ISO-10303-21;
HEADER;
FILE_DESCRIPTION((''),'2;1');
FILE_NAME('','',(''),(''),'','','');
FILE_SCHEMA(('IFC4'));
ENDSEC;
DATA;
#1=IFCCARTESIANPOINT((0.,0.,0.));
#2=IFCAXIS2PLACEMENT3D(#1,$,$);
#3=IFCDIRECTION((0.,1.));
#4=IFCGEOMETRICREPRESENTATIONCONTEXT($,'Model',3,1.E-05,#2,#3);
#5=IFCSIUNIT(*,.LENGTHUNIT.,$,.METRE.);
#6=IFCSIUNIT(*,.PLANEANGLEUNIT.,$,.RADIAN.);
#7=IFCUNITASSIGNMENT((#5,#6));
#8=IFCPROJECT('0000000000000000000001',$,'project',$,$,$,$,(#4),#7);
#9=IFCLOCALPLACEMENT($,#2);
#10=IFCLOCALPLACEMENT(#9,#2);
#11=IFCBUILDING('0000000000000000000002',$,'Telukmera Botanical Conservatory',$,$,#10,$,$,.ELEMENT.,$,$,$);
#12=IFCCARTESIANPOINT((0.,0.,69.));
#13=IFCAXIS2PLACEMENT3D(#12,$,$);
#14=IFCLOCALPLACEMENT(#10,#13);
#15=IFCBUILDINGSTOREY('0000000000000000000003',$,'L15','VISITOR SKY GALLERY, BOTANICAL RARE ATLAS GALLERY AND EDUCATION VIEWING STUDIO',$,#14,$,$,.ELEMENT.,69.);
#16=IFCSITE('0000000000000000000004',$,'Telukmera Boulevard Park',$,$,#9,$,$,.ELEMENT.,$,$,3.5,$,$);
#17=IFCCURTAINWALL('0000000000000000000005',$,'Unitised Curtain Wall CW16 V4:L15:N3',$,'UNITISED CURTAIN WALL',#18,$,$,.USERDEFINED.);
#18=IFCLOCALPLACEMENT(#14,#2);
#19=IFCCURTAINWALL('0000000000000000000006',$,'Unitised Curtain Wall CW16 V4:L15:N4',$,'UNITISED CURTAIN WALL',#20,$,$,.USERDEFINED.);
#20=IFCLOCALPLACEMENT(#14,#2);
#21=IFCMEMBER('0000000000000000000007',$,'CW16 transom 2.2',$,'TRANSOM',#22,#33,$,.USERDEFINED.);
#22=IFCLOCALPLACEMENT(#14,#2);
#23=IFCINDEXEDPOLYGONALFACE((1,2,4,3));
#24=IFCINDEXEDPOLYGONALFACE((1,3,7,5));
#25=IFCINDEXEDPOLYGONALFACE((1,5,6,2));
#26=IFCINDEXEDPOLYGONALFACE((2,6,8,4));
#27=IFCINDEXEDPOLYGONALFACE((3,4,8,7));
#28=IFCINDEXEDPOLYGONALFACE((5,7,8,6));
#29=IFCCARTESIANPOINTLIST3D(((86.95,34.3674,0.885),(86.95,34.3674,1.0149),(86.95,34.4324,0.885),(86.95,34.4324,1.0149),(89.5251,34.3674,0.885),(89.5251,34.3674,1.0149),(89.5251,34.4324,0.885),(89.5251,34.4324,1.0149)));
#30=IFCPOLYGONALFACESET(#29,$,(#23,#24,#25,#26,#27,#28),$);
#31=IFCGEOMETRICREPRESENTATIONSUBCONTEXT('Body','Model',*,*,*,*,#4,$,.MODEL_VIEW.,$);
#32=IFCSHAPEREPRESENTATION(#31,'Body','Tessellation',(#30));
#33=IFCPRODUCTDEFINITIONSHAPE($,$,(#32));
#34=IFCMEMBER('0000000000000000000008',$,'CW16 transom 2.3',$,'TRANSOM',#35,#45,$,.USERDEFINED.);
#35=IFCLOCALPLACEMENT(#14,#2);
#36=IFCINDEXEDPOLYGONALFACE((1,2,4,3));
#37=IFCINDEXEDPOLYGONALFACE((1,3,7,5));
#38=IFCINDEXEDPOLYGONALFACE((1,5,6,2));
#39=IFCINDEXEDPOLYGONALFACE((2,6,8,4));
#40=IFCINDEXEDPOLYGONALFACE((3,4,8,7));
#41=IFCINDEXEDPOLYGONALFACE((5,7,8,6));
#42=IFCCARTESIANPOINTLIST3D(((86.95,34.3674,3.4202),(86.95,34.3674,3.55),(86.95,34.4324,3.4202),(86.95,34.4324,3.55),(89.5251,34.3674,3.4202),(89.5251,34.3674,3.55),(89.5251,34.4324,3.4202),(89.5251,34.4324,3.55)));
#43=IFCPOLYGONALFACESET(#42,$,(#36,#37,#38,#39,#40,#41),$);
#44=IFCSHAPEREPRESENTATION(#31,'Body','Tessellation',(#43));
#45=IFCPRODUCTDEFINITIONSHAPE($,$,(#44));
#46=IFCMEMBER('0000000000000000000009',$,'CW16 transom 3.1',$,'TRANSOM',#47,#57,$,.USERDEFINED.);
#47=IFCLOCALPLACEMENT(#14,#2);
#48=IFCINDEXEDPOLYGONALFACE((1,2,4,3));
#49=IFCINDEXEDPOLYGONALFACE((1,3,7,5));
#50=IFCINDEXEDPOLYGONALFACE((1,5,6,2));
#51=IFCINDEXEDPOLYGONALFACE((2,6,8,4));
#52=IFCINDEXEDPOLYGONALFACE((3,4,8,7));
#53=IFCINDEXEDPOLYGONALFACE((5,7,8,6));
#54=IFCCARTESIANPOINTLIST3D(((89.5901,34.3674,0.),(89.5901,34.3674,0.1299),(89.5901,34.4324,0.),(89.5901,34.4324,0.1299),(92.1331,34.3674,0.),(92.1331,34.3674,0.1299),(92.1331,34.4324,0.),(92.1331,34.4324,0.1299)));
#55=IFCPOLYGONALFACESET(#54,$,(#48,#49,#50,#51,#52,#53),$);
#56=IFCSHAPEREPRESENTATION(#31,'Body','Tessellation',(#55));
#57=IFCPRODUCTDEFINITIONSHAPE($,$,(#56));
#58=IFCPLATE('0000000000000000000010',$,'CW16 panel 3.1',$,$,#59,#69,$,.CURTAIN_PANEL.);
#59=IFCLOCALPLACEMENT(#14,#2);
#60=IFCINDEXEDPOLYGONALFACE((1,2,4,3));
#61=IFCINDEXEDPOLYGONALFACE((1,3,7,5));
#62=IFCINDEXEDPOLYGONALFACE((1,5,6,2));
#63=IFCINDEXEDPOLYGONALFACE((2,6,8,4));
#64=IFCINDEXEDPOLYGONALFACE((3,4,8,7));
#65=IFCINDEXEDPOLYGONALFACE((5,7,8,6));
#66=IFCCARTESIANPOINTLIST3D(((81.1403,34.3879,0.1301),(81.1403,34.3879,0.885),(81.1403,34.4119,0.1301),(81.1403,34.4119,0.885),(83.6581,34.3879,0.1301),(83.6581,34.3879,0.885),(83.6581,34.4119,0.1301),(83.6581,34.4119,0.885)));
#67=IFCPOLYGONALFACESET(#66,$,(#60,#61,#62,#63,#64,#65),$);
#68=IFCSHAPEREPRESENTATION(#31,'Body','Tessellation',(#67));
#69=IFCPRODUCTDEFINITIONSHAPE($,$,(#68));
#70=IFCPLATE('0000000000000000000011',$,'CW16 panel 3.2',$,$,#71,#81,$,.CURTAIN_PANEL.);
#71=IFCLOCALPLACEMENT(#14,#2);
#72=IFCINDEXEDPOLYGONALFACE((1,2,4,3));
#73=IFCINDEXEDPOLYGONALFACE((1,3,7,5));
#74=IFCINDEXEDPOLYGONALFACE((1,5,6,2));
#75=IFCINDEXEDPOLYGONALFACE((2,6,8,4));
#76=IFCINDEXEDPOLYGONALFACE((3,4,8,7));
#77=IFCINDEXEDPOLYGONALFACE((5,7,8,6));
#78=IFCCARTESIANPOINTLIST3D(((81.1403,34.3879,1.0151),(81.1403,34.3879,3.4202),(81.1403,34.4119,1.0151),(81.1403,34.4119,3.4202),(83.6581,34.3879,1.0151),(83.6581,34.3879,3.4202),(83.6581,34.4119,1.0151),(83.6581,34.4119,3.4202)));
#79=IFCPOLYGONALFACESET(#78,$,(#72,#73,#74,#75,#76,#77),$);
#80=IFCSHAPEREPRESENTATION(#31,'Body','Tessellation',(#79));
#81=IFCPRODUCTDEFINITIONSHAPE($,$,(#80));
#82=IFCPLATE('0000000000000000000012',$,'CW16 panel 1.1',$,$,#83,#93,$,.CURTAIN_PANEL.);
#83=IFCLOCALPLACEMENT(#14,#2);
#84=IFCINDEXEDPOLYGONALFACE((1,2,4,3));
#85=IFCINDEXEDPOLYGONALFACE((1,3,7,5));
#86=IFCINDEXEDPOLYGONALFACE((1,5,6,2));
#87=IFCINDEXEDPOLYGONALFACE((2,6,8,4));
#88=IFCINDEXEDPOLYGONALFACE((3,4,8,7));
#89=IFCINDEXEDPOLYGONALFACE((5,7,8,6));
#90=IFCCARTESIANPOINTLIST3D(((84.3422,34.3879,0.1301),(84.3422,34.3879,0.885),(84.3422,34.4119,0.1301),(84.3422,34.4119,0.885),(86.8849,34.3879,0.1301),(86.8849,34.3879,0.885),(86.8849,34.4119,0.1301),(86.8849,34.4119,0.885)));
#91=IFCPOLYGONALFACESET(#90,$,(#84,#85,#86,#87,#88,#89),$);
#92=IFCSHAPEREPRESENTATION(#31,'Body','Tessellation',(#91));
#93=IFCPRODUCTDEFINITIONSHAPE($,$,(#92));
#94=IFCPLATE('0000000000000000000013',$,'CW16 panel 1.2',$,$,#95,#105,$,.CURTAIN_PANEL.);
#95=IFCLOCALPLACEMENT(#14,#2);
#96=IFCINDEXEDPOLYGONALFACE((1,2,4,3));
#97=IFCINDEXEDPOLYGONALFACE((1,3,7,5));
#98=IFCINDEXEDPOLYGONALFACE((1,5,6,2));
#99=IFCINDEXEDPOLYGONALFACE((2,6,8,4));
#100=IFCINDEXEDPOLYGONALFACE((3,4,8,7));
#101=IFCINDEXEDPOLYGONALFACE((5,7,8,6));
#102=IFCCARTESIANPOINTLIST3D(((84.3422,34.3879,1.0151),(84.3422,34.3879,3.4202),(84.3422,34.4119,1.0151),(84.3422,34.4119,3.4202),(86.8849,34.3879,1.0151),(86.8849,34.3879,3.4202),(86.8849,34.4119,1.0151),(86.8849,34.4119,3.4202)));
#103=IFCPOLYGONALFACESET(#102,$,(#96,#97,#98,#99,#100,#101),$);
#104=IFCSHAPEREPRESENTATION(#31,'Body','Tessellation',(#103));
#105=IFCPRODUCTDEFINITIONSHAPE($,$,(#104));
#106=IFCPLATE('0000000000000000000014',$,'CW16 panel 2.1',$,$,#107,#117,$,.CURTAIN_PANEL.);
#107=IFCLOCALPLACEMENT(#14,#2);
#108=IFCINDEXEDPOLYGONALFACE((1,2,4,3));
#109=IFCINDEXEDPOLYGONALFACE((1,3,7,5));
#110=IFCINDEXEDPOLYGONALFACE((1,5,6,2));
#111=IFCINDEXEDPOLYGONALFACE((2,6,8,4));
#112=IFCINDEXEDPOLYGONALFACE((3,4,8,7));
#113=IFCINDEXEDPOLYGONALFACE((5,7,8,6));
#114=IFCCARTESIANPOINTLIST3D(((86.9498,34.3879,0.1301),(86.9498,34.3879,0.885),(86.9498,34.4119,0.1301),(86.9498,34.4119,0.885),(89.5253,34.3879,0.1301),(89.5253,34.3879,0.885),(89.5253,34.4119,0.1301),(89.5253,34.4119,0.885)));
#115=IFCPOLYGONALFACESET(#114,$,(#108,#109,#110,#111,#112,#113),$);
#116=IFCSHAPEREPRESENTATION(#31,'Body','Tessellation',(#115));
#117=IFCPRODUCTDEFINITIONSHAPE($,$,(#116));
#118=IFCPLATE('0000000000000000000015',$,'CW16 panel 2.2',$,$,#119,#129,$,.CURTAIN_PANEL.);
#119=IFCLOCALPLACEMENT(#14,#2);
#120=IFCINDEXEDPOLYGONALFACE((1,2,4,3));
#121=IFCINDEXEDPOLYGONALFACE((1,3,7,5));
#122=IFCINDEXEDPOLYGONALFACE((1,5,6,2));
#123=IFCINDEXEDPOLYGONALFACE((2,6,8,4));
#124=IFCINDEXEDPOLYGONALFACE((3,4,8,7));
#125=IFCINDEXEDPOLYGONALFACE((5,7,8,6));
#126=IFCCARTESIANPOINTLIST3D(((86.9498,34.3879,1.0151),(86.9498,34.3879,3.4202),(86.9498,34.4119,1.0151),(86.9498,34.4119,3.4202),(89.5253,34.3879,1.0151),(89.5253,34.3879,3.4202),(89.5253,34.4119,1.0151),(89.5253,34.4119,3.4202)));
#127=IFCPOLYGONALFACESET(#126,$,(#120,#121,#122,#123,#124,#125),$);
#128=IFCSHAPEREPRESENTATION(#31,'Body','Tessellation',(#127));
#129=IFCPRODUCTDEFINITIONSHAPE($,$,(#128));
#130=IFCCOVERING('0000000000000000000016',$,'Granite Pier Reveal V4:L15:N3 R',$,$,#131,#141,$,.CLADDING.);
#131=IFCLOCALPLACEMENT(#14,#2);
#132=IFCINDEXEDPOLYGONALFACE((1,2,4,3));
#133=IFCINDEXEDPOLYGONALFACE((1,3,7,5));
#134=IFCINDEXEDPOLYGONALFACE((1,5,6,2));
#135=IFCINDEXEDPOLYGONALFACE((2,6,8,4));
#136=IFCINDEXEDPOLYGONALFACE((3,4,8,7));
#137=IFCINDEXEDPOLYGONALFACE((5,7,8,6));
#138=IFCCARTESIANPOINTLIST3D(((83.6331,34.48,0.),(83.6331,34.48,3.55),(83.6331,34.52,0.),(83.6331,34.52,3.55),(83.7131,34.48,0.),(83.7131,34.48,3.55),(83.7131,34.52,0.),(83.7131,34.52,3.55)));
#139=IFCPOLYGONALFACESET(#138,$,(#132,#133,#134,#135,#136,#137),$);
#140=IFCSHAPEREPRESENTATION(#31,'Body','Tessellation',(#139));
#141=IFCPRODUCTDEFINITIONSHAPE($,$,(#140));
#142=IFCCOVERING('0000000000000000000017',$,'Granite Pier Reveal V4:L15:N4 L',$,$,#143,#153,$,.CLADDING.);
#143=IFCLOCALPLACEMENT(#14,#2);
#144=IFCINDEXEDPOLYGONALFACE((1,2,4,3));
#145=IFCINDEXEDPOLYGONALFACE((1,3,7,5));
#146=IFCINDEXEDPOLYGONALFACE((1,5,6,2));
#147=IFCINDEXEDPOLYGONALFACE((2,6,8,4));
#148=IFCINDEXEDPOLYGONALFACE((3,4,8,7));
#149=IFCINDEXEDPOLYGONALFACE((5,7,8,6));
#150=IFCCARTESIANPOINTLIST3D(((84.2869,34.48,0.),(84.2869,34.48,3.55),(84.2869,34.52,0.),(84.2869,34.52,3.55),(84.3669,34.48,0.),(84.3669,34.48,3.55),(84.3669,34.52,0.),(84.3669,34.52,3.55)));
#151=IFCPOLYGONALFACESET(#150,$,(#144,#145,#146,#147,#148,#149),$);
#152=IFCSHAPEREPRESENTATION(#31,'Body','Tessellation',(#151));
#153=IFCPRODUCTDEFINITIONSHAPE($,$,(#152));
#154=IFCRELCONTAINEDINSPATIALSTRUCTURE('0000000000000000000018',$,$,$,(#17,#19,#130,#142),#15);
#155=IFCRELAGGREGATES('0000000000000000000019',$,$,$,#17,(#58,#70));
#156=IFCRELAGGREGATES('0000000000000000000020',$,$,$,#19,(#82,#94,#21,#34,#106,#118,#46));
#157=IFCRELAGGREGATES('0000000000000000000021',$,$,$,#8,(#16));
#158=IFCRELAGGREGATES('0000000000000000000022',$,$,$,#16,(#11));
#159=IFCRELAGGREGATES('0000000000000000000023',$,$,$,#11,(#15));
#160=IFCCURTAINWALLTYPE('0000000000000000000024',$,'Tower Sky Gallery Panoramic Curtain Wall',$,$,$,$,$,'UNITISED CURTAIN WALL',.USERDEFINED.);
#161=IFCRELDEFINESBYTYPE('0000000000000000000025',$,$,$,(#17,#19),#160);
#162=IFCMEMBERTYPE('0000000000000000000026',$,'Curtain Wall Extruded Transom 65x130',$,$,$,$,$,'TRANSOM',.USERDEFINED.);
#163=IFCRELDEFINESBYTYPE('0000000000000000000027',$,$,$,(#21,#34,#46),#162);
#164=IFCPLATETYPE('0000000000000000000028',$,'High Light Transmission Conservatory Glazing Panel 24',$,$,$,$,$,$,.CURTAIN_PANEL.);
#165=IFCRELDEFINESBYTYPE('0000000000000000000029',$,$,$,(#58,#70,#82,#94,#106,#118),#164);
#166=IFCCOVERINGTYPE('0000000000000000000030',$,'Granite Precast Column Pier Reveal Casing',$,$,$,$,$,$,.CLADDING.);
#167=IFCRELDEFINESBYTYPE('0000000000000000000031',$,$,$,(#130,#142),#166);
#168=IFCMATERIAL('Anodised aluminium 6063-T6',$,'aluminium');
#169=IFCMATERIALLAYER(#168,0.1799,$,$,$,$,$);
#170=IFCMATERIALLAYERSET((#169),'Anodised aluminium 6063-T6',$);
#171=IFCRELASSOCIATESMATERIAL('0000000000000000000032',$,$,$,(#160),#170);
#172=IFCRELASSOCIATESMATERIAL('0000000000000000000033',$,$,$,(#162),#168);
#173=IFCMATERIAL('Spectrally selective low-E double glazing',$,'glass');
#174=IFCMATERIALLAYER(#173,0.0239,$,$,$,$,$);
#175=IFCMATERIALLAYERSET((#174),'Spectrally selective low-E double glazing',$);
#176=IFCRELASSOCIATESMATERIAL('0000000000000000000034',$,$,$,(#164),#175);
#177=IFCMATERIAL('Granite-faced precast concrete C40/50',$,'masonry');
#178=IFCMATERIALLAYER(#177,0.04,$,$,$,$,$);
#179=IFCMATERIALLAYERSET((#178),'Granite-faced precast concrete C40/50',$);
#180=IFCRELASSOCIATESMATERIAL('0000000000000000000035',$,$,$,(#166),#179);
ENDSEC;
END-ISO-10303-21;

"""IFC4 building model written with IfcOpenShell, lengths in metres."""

from ifc_helpers import new_model, si_unit, direction, frame, origin, origin_2d, place, context, subcontext, project, spatial, rectangle, extrude, material, layer, layer_set, material_profile, profile_set, type_object, element, aggregate, save


model = new_model("IFC4")

# Units and contexts
model_context = context("Model", 3, precision=1e-05, world=origin(), true_north=direction((0.0, 1.0)))
body_context = subcontext(model_context, "Body", "Model", "MODEL_VIEW")
ifc_project = project(units=[si_unit("LENGTHUNIT", "METRE"), si_unit("PLANEANGLEUNIT", "RADIAN")], contexts=[model_context])

# Site, building, storey
site_placement = place(None, origin())
site = spatial("IfcSite", under=ifc_project, at=site_placement, Name="Telukmera Boulevard Park", CompositionType="ELEMENT", RefElevation=3.5)
building_placement = place(site_placement, origin())
building = spatial("IfcBuilding", under=site, at=building_placement, Name="Telukmera Botanical Conservatory", CompositionType="ELEMENT")
storey_placement = place(building_placement, frame((0.0, 0.0, 69.0)))
storey = spatial("IfcBuildingStorey", under=building, at=storey_placement, Name="L15", Description="VISITOR SKY GALLERY, BOTANICAL RARE ATLAS GALLERY AND EDUCATION VIEWING STUDIO", CompositionType="ELEMENT", Elevation=69.0)

# Curtain walls
ifc_material_1 = material(Name="Anodised aluminium 6063-T6", Category="aluminium")
ifc_layer_1 = layer(ifc_material_1, 0.1799)
ifc_layer_set_1 = layer_set([ifc_layer_1], Name="Anodised aluminium 6063-T6")
curtain_wall_type = type_object("IfcCurtainWallType", Name="Tower Sky Gallery Panoramic Curtain Wall", ElementType="UNITISED CURTAIN WALL", PredefinedType="USERDEFINED", material=ifc_layer_set_1)
curtain_wall_1_placement = place(storey_placement, origin())
curtain_wall_1 = element("IfcCurtainWall", 1, at=curtain_wall_1_placement, inside=storey, type_object=curtain_wall_type, Name="Unitised Curtain Wall CW16 V4:L15:N3", ObjectType="UNITISED CURTAIN WALL", PredefinedType="USERDEFINED")
curtain_wall_2_placement = place(storey_placement, origin())
curtain_wall_2 = element("IfcCurtainWall", 2, at=curtain_wall_2_placement, inside=storey, type_object=curtain_wall_type, Name="Unitised Curtain Wall CW16 V4:L15:N4", ObjectType="UNITISED CURTAIN WALL", PredefinedType="USERDEFINED")

# Members
ifc_material_profile_1 = material_profile(ifc_material_1, rectangle(XDim=0.0649, YDim=0.1299, at=origin_2d()), Name="ALU TRAN 65x130")
ifc_profile_set_1 = profile_set([ifc_material_profile_1], Name="Anodised aluminium 6063-T6")
member_type_1 = type_object("IfcMemberType", Name="Curtain Wall Extruded Transom 65x130", ElementType="TRANSOM", PredefinedType="USERDEFINED", material=ifc_profile_set_1)
member_1_placement = place(storey_placement, frame((86.95, 34.3999, 0.95), z_axis=(1.0, 0.0, 0.0), x_axis=(0.0, 1.0, 0.0)))
member_1 = element("IfcMember", 3, at=member_1_placement, type_object=member_type_1, Name="CW16 transom 2.2", ObjectType="TRANSOM", PredefinedType="USERDEFINED", context=body_context, shape_type="SweptSolid", body=[
    extrude(rectangle(XDim=0.0649, YDim=0.1299, at=origin_2d()), origin(), (0.0, 0.0, 1.0), 2.5752),
])
member_2_placement = place(storey_placement, frame((86.95, 34.3999, 3.4851), z_axis=(1.0, 0.0, 0.0), x_axis=(0.0, 1.0, 0.0)))
member_2 = element("IfcMember", 4, at=member_2_placement, type_object=member_type_1, Name="CW16 transom 2.3", ObjectType="TRANSOM", PredefinedType="USERDEFINED", context=body_context, shape_type="SweptSolid", body=[
    extrude(rectangle(XDim=0.0649, YDim=0.1299, at=origin_2d()), origin(), (0.0, 0.0, 1.0), 2.5752),
])
member_3_placement = place(storey_placement, frame((89.5901, 34.3999, 0.0649), z_axis=(1.0, 0.0, 0.0), x_axis=(0.0, 1.0, 0.0)))
member_3 = element("IfcMember", 5, at=member_3_placement, type_object=member_type_1, Name="CW16 transom 3.1", ObjectType="TRANSOM", PredefinedType="USERDEFINED", context=body_context, shape_type="SweptSolid", body=[
    extrude(rectangle(XDim=0.0649, YDim=0.1299, at=origin_2d()), origin(), (0.0, 0.0, 1.0), 2.543),
])

# Plates
ifc_material_2 = material(Name="Spectrally selective low-E double glazing", Category="glass")
ifc_layer_2 = layer(ifc_material_2, 0.0239)
ifc_layer_set_2 = layer_set([ifc_layer_2], Name="Spectrally selective low-E double glazing")
plate_type = type_object("IfcPlateType", Name="High Light Transmission Conservatory Glazing Panel 24", PredefinedType="CURTAIN_PANEL", material=ifc_layer_set_2)
plate_1_placement = place(storey_placement, frame((82.3992, 34.3999, 0.1301), z_axis=(0.0, 0.0, 1.0), x_axis=(1.0, 0.0, 0.0)))
plate_1 = element("IfcPlate", 6, at=plate_1_placement, type_object=plate_type, Name="CW16 panel 3.1", PredefinedType="CURTAIN_PANEL", context=body_context, shape_type="SweptSolid", body=[
    extrude(rectangle(XDim=2.5178, YDim=0.0239, at=origin_2d()), origin(), (0.0, 0.0, 1.0), 0.7549),
])
plate_2_placement = place(storey_placement, frame((82.3992, 34.3999, 1.0151), z_axis=(0.0, 0.0, 1.0), x_axis=(1.0, 0.0, 0.0)))
plate_2 = element("IfcPlate", 7, at=plate_2_placement, type_object=plate_type, Name="CW16 panel 3.2", PredefinedType="CURTAIN_PANEL", context=body_context, shape_type="SweptSolid", body=[
    extrude(rectangle(XDim=2.5178, YDim=0.0239, at=origin_2d()), origin(), (0.0, 0.0, 1.0), 2.405),
])
aggregate(curtain_wall_1, [plate_1, plate_2])
plate_3_placement = place(storey_placement, frame((85.6135, 34.3999, 0.1301), z_axis=(0.0, 0.0, 1.0), x_axis=(1.0, 0.0, 0.0)))
plate_3 = element("IfcPlate", 8, at=plate_3_placement, type_object=plate_type, Name="CW16 panel 1.1", PredefinedType="CURTAIN_PANEL", context=body_context, shape_type="SweptSolid", body=[
    extrude(rectangle(XDim=2.5427, YDim=0.0239, at=origin_2d()), origin(), (0.0, 0.0, 1.0), 0.7549),
])
plate_4_placement = place(storey_placement, frame((85.6135, 34.3999, 1.0151), z_axis=(0.0, 0.0, 1.0), x_axis=(1.0, 0.0, 0.0)))
plate_4 = element("IfcPlate", 9, at=plate_4_placement, type_object=plate_type, Name="CW16 panel 1.2", PredefinedType="CURTAIN_PANEL", context=body_context, shape_type="SweptSolid", body=[
    extrude(rectangle(XDim=2.5427, YDim=0.0239, at=origin_2d()), origin(), (0.0, 0.0, 1.0), 2.405),
])
plate_5_placement = place(storey_placement, frame((88.2375, 34.3999, 0.1301), z_axis=(0.0, 0.0, 1.0), x_axis=(1.0, 0.0, 0.0)))
plate_5 = element("IfcPlate", 10, at=plate_5_placement, type_object=plate_type, Name="CW16 panel 2.1", PredefinedType="CURTAIN_PANEL", context=body_context, shape_type="SweptSolid", body=[
    extrude(rectangle(XDim=2.5754, YDim=0.0239, at=origin_2d()), origin(), (0.0, 0.0, 1.0), 0.7549),
])
plate_6_placement = place(storey_placement, frame((88.2375, 34.3999, 1.0151), z_axis=(0.0, 0.0, 1.0), x_axis=(1.0, 0.0, 0.0)))
plate_6 = element("IfcPlate", 11, at=plate_6_placement, type_object=plate_type, Name="CW16 panel 2.2", PredefinedType="CURTAIN_PANEL", context=body_context, shape_type="SweptSolid", body=[
    extrude(rectangle(XDim=2.5754, YDim=0.0239, at=origin_2d()), origin(), (0.0, 0.0, 1.0), 2.405),
])
aggregate(curtain_wall_2, [plate_3, plate_4, member_1, member_2, plate_5, plate_6, member_3])

# Coverings
ifc_material_3 = material(Name="Granite-faced precast concrete C40/50", Category="masonry")
ifc_layer_3 = layer(ifc_material_3, 0.04)
ifc_layer_set_3 = layer_set([ifc_layer_3], Name="Granite-faced precast concrete C40/50")
covering_type = type_object("IfcCoveringType", Name="Granite Precast Column Pier Reveal Casing", PredefinedType="CLADDING", material=ifc_layer_set_3)
for number, where, z_axis, x_axis, name in (
    (12, (83.6731, 34.5, 0.0), (0.0, 0.0, 1.0), (1.0, 0.0, 0.0), "Granite Pier Reveal V4:L15:N3 R"),
    (13, (84.3269, 34.5, 0.0), (0.0, 0.0, 1.0), (1.0, 0.0, 0.0), "Granite Pier Reveal V4:L15:N4 L"),
):
    element("IfcCovering", number, at=place(storey_placement, frame(where, z_axis=z_axis, x_axis=x_axis)), inside=storey, type_object=covering_type, Name=name, PredefinedType="CLADDING", context=body_context, shape_type="SweptSolid", body=[
        extrude(rectangle(XDim=0.0801, YDim=0.04, at=origin_2d()), origin(), (0.0, 0.0, 1.0), 3.55),
    ])

save(model, "model.ifc")
